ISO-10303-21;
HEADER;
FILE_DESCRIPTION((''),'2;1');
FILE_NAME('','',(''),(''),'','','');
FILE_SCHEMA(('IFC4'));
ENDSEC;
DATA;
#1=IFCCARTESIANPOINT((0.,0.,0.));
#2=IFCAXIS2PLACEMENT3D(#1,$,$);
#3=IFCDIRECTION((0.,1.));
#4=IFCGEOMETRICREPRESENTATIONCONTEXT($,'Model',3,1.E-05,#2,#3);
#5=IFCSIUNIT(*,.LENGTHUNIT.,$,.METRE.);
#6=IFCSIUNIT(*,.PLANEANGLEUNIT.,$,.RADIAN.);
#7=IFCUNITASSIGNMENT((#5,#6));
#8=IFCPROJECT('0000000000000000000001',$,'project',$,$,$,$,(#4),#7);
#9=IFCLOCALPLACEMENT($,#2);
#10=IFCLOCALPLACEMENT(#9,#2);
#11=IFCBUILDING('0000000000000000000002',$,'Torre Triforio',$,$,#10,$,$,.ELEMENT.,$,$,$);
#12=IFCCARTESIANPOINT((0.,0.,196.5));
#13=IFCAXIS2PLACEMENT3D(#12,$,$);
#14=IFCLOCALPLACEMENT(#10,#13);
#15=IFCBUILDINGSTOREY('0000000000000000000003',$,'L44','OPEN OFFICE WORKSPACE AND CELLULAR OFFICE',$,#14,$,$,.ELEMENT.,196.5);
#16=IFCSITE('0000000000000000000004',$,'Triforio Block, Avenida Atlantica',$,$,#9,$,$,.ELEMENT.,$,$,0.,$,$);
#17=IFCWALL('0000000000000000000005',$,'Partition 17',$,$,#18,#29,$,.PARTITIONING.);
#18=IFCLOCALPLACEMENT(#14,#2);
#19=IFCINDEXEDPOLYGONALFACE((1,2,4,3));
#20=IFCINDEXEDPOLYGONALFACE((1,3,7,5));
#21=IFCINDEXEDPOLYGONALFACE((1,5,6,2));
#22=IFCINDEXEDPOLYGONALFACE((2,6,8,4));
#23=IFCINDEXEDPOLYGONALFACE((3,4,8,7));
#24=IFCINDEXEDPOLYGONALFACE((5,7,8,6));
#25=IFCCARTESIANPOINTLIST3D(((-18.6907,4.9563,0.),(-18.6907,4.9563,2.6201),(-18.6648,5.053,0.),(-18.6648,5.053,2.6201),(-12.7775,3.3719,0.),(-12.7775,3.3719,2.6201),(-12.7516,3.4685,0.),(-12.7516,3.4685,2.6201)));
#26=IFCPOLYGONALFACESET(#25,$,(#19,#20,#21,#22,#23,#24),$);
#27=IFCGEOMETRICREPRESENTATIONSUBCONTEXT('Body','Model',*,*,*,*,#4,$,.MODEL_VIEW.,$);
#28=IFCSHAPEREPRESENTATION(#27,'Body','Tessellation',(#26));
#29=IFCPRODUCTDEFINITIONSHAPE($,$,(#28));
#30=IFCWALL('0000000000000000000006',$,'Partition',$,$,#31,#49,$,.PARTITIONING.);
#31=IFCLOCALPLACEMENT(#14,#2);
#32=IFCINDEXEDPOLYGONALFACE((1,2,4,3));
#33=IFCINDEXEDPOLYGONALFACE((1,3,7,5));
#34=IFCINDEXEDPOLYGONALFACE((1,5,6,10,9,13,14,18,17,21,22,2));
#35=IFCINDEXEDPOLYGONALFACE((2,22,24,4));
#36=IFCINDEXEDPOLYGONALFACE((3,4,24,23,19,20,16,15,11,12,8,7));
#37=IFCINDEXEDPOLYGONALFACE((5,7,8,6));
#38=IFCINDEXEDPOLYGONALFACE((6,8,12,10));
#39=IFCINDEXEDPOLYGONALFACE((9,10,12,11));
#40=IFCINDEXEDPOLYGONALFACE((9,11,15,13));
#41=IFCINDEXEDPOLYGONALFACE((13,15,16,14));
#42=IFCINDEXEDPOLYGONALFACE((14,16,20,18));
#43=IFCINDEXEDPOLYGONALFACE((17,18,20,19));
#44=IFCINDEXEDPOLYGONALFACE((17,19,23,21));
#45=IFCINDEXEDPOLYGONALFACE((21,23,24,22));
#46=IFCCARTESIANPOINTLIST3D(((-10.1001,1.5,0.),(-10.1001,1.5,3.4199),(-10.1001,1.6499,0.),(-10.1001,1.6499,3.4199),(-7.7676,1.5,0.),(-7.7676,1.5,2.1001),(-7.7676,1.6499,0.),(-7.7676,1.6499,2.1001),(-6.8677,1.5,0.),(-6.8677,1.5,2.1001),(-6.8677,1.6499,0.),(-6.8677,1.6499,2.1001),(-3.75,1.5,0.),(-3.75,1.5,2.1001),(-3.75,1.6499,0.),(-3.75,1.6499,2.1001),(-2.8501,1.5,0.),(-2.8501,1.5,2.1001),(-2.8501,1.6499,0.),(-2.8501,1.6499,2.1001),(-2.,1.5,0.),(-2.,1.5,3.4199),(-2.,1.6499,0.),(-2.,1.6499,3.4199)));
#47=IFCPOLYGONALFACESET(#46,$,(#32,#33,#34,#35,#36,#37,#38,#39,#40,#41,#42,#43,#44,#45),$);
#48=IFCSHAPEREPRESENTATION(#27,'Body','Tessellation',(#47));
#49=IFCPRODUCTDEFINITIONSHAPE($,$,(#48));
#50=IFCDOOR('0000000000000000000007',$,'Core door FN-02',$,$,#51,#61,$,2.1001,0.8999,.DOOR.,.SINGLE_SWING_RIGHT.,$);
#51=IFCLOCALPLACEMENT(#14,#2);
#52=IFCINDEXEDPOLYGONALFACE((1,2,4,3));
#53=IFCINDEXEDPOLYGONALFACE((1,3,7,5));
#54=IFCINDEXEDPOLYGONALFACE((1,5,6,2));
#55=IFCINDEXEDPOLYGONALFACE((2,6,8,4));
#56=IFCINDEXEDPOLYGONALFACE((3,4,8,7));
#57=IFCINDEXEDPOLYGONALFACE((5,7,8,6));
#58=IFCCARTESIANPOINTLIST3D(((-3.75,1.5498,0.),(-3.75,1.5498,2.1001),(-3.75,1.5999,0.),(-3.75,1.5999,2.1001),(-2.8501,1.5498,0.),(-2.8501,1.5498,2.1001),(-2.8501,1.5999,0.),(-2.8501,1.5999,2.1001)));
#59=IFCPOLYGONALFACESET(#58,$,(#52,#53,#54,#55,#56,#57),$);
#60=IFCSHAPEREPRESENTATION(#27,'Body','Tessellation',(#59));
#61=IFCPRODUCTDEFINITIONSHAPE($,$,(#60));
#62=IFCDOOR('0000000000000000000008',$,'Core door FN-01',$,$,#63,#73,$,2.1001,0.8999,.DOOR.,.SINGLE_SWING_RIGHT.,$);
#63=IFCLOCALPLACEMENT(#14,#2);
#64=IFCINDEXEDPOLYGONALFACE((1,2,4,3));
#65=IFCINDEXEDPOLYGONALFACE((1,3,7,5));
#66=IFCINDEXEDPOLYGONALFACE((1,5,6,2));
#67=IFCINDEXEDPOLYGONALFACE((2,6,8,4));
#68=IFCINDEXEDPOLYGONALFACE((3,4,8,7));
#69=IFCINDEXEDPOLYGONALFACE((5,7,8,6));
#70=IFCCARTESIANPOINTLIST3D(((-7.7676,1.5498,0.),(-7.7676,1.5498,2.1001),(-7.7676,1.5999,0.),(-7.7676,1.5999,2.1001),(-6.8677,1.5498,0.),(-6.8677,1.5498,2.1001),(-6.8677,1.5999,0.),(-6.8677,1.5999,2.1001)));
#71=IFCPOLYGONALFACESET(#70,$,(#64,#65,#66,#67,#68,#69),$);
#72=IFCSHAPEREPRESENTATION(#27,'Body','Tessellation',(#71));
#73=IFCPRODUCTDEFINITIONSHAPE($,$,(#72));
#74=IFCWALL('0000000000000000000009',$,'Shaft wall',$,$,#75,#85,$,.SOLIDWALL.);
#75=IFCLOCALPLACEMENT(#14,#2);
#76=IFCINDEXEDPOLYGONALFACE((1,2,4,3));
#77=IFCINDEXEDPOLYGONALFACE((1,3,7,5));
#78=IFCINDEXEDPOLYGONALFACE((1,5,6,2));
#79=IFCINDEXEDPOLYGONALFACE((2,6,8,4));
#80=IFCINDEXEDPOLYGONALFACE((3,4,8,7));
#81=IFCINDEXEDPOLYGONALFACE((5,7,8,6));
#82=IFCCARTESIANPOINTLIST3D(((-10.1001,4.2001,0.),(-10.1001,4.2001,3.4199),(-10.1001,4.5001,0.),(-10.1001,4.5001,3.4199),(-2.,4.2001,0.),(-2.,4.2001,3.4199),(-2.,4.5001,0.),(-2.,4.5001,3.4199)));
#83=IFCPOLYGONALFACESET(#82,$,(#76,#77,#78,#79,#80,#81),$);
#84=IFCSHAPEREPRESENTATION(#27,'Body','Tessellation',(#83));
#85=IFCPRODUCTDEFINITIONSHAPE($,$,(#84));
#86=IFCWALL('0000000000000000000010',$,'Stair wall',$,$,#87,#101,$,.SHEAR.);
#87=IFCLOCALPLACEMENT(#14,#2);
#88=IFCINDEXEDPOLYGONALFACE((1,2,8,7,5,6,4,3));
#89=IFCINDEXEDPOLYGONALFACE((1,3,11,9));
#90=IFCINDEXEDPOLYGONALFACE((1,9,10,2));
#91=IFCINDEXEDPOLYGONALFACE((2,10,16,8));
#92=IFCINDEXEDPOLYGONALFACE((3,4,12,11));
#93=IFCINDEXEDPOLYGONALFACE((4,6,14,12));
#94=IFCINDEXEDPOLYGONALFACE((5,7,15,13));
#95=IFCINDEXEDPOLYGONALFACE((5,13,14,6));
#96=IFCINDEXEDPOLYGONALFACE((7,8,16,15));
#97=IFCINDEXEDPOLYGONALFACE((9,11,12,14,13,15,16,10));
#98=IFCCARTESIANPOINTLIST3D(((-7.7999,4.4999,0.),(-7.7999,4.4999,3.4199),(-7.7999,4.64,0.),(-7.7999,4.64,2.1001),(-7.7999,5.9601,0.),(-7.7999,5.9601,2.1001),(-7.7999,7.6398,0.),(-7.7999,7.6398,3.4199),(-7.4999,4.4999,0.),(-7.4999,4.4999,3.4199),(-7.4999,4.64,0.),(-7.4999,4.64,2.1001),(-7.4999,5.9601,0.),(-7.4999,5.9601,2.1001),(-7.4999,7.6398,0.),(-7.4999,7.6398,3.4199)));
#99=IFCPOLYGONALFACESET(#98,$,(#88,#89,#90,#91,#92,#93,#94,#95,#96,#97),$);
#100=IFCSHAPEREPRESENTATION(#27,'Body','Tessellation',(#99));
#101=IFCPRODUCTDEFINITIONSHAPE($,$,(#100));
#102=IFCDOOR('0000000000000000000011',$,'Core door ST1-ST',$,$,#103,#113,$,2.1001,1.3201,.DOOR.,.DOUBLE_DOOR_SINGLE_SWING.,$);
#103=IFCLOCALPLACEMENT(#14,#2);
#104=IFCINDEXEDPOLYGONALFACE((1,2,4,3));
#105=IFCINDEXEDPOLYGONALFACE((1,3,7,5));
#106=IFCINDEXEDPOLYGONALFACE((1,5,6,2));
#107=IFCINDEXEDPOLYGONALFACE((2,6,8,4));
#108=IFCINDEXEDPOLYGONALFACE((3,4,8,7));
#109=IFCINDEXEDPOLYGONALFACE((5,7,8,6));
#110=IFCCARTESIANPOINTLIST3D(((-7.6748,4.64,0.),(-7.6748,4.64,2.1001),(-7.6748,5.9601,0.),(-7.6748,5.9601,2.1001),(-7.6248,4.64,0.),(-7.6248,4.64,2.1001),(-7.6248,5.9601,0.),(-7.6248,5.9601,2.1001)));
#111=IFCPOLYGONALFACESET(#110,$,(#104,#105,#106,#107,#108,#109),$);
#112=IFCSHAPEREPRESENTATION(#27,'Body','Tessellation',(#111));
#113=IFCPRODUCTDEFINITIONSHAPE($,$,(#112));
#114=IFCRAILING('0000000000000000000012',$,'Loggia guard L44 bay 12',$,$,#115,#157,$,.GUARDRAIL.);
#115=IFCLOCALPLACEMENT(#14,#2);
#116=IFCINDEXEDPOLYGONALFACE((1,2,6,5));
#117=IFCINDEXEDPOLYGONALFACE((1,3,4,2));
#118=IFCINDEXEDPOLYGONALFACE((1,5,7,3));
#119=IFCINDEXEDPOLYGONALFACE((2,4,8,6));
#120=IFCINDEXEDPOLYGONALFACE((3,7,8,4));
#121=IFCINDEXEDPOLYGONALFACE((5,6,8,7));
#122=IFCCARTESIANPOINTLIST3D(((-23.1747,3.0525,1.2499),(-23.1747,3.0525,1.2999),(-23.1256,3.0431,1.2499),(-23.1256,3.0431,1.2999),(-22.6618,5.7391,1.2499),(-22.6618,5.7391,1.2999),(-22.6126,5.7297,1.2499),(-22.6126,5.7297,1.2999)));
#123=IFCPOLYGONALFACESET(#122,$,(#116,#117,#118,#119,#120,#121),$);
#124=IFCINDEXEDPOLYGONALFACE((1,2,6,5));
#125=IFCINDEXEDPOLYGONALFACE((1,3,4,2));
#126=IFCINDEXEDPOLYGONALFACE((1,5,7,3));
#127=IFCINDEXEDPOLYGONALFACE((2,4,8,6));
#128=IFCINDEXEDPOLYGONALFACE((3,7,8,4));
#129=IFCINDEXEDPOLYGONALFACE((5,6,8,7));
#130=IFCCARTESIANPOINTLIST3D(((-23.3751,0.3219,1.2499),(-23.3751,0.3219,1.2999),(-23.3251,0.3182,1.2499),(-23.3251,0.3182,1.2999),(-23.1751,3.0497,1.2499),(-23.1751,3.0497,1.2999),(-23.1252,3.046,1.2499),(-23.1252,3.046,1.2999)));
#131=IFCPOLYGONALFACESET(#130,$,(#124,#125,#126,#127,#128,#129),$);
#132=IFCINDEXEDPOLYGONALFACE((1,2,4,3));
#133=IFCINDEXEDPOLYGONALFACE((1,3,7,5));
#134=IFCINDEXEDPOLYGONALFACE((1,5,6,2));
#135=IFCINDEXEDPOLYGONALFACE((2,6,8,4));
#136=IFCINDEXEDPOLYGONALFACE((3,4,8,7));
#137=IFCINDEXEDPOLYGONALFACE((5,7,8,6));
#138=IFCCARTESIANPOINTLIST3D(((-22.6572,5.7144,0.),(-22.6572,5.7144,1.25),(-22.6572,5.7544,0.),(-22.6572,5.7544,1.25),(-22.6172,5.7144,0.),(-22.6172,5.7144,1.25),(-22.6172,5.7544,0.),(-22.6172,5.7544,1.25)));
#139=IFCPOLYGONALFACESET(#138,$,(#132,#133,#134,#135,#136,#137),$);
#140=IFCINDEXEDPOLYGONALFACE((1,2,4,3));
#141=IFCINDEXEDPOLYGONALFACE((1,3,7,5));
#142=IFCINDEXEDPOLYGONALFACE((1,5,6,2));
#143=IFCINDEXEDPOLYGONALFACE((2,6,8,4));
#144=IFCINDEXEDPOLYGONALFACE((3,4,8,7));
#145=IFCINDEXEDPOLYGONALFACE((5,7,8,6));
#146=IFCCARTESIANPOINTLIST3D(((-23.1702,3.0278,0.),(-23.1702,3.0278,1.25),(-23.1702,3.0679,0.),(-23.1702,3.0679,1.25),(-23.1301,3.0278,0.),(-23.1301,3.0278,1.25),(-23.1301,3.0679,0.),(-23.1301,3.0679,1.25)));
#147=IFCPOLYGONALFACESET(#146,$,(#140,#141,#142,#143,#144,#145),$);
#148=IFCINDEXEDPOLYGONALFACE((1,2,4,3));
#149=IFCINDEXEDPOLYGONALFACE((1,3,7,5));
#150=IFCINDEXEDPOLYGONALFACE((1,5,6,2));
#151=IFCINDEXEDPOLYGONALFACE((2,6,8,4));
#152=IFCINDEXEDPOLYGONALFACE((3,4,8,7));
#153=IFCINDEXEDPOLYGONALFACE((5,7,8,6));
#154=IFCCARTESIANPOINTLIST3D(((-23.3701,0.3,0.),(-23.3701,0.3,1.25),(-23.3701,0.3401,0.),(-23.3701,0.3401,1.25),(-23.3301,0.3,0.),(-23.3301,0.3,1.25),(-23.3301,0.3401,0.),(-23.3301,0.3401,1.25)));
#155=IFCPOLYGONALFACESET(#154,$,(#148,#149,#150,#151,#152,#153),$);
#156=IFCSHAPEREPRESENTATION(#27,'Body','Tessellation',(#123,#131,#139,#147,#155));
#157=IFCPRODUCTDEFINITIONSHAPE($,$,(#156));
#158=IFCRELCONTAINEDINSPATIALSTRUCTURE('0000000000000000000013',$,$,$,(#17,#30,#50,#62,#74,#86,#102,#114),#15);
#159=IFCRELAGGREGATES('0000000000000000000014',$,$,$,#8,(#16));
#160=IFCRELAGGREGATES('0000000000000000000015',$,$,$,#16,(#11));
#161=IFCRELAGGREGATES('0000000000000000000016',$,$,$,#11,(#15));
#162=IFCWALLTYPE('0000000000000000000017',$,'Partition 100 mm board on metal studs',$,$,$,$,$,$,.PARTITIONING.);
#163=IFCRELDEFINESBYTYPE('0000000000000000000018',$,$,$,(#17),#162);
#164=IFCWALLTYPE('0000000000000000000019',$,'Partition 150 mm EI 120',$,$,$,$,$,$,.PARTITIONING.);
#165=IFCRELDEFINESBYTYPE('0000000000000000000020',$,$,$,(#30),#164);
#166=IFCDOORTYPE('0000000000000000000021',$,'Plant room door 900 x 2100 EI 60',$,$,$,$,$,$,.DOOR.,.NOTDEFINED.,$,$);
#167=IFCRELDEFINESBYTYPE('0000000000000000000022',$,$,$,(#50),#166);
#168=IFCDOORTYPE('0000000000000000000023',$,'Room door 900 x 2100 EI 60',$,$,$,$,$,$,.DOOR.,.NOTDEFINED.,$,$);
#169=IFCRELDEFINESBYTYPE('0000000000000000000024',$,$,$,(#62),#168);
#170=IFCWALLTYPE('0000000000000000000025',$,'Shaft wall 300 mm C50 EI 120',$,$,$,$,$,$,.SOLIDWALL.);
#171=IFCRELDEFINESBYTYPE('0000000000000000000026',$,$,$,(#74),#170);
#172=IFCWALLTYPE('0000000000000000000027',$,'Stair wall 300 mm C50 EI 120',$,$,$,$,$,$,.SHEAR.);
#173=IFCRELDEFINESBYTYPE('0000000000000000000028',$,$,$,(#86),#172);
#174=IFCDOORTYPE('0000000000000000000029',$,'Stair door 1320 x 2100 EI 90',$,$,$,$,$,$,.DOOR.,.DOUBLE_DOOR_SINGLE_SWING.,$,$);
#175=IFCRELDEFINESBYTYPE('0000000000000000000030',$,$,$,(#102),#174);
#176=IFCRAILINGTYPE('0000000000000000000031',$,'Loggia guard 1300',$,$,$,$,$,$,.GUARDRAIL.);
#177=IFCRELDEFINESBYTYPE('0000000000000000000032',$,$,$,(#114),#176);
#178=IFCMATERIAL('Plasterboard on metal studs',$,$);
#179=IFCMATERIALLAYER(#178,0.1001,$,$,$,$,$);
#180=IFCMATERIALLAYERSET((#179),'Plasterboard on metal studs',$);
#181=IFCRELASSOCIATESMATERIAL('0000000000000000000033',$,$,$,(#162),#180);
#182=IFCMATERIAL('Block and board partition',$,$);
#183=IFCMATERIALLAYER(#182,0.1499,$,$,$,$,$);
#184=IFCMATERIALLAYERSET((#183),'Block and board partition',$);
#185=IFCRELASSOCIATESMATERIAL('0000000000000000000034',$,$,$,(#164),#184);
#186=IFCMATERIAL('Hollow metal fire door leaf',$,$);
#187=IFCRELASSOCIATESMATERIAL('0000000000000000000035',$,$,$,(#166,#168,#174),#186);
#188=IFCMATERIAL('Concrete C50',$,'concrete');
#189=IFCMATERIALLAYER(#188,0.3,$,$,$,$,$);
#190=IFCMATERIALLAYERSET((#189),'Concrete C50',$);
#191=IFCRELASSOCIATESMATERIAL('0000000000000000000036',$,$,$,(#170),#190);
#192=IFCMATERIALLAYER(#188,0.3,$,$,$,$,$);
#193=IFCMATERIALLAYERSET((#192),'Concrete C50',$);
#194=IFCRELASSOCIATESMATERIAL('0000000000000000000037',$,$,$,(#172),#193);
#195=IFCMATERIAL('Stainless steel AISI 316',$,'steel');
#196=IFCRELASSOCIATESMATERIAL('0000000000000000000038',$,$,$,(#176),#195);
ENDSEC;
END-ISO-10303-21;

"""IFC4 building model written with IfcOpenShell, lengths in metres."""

from ifc_helpers import new_model, si_unit, direction, frame, frame_2d, origin, origin_2d, place, context, subcontext, project, spatial, rectangle, extrude, material, layer, layer_set, type_object, element, fill, save


model = new_model("IFC4")

# Units and contexts
model_context = context("Model", 3, precision=1e-05, world=origin(), true_north=direction((0.0, 1.0)))
body_context = subcontext(model_context, "Body", "Model", "MODEL_VIEW")
ifc_project = project(units=[si_unit("LENGTHUNIT", "METRE"), si_unit("PLANEANGLEUNIT", "RADIAN")], contexts=[model_context])

# Site, building, storey
site_placement = place(None, origin())
site = spatial("IfcSite", under=ifc_project, at=site_placement, Name="Triforio Block, Avenida Atlantica", CompositionType="ELEMENT", RefElevation=0.0)
building_placement = place(site_placement, origin())
building = spatial("IfcBuilding", under=site, at=building_placement, Name="Torre Triforio", CompositionType="ELEMENT")
storey_placement = place(building_placement, frame((0.0, 0.0, 196.5)))
storey = spatial("IfcBuildingStorey", under=building, at=storey_placement, Name="L44", Description="OPEN OFFICE WORKSPACE AND CELLULAR OFFICE", CompositionType="ELEMENT", Elevation=196.5)

# Shared definitions
ifc_material_1 = material(Name="Concrete C50", Category="concrete")

# Shared definitions
ifc_material_2 = material(Name="Hollow metal fire door leaf")

# Shared definitions
ifc_material_3 = material(Name="Plasterboard on metal studs")

# Wall
ifc_layer_1 = layer(ifc_material_3, 0.1001)
ifc_layer_set_1 = layer_set([ifc_layer_1], Name="Plasterboard on metal studs")
wall_type_1 = type_object("IfcWallType", Name="Partition 100 mm board on metal studs", PredefinedType="PARTITIONING", material=ifc_layer_set_1)
wall_1_placement = place(storey_placement, frame((-12.7644, 3.4202, 0.0), z_axis=(0.0, 0.0, 1.0), x_axis=(-0.965926, 0.258819, 0.0)))
element("IfcWall", 1, at=wall_1_placement, inside=storey, type_object=wall_type_1, Name="Partition 17", PredefinedType="PARTITIONING", context=body_context, shape_type="SweptSolid", body=[
    extrude(rectangle(XDim=6.1218, YDim=0.1001, at=frame_2d((3.061, 0.0))), origin(), (0.0, 0.0, 1.0), 2.6201),
])

# Wall, openings, doors
ifc_material_4 = material(Name="Block and board partition")
ifc_layer_2 = layer(ifc_material_4, 0.1499)
ifc_layer_set_2 = layer_set([ifc_layer_2], Name="Block and board partition")
wall_type_2 = type_object("IfcWallType", Name="Partition 150 mm EI 120", PredefinedType="PARTITIONING", material=ifc_layer_set_2)
wall_2_placement = place(storey_placement, frame((-10.1001, 1.575, 0.0), z_axis=(0.0, 0.0, 1.0), x_axis=(1.0, 0.0, 0.0)))
wall_2 = element("IfcWall", 2, at=wall_2_placement, inside=storey, type_object=wall_type_2, Name="Partition", PredefinedType="PARTITIONING", context=body_context, shape_type="SweptSolid", body=[
    extrude(rectangle(XDim=8.1001, YDim=0.1499, at=frame_2d((4.05, 0.0))), origin(), (0.0, 0.0, 1.0), 3.4199),
])
opening_1_placement = place(wall_2_placement, frame((2.3325, 0.0, 0.0)))
opening_1 = element("IfcOpeningElement", 3, at=opening_1_placement, cuts=wall_2, PredefinedType="OPENING", context=body_context, shape_type="SweptSolid", body=[
    extrude(rectangle(XDim=0.8999, YDim=2.1001, at=frame_2d((0.45, 1.05))), frame((0.0, 0.085, 0.0), z_axis=(0.0, -1.0, 0.0), x_axis=(1.0, 0.0, 0.0)), (0.0, 0.0, 1.0), 0.1699),
])
opening_2_placement = place(wall_2_placement, frame((6.3501, 0.0, 0.0)))
opening_2 = element("IfcOpeningElement", 4, at=opening_2_placement, cuts=wall_2, PredefinedType="OPENING", context=body_context, shape_type="SweptSolid", body=[
    extrude(rectangle(XDim=0.8999, YDim=2.1001, at=frame_2d((0.45, 1.05))), frame((0.0, 0.085, 0.0), z_axis=(0.0, -1.0, 0.0), x_axis=(1.0, 0.0, 0.0)), (0.0, 0.0, 1.0), 0.1699),
])
door_type_1 = type_object("IfcDoorType", Name="Plant room door 900 x 2100 EI 60", OperationType="NOTDEFINED", PredefinedType="DOOR", material=ifc_material_2)
door_1_placement = place(opening_2_placement, origin())
door_1 = element("IfcDoor", 5, at=door_1_placement, inside=storey, type_object=door_type_1, Name="Core door FN-02", OperationType="SINGLE_SWING_RIGHT", OverallHeight=2.1001, OverallWidth=0.8999, PredefinedType="DOOR", context=body_context, shape_type="SweptSolid", body=[
    extrude(rectangle(XDim=0.8999, YDim=2.1001, at=frame_2d((0.45, 1.05))), frame((0.0, 0.0249, 0.0), z_axis=(0.0, -1.0, 0.0), x_axis=(1.0, 0.0, 0.0)), (0.0, 0.0, 1.0), 0.05),
])
fill(opening_2, door_1)
door_type_2 = type_object("IfcDoorType", Name="Room door 900 x 2100 EI 60", OperationType="NOTDEFINED", PredefinedType="DOOR", material=ifc_material_2)
door_2_placement = place(opening_1_placement, origin())
door_2 = element("IfcDoor", 6, at=door_2_placement, inside=storey, type_object=door_type_2, Name="Core door FN-01", OperationType="SINGLE_SWING_RIGHT", OverallHeight=2.1001, OverallWidth=0.8999, PredefinedType="DOOR", context=body_context, shape_type="SweptSolid", body=[
    extrude(rectangle(XDim=0.8999, YDim=2.1001, at=frame_2d((0.45, 1.05))), frame((0.0, 0.0249, 0.0), z_axis=(0.0, -1.0, 0.0), x_axis=(1.0, 0.0, 0.0)), (0.0, 0.0, 1.0), 0.05),
])
fill(opening_1, door_2)

# Wall
ifc_layer_3 = layer(ifc_material_1, 0.3)
ifc_layer_set_3 = layer_set([ifc_layer_3], Name="Concrete C50")
wall_type_3 = type_object("IfcWallType", Name="Shaft wall 300 mm C50 EI 120", PredefinedType="SOLIDWALL", material=ifc_layer_set_3)
wall_3_placement = place(storey_placement, frame((-10.1001, 4.3501, 0.0), z_axis=(0.0, 0.0, 1.0), x_axis=(1.0, 0.0, 0.0)))
element("IfcWall", 7, at=wall_3_placement, inside=storey, type_object=wall_type_3, Name="Shaft wall", PredefinedType="SOLIDWALL", context=body_context, shape_type="SweptSolid", body=[
    extrude(rectangle(XDim=8.1001, YDim=0.3, at=frame_2d((4.05, 0.0))), origin(), (0.0, 0.0, 1.0), 3.4199),
])

# Wall, opening, door
ifc_layer_4 = layer(ifc_material_1, 0.3)
ifc_layer_set_4 = layer_set([ifc_layer_4], Name="Concrete C50")
wall_type_4 = type_object("IfcWallType", Name="Stair wall 300 mm C50 EI 120", PredefinedType="SHEAR", material=ifc_layer_set_4)
wall_4_placement = place(storey_placement, frame((-7.6499, 4.5, 0.0), z_axis=(0.0, 0.0, 1.0), x_axis=(0.0, 1.0, 0.0)))
wall_4 = element("IfcWall", 8, at=wall_4_placement, inside=storey, type_object=wall_type_4, Name="Stair wall", PredefinedType="SHEAR", context=body_context, shape_type="SweptSolid", body=[
    extrude(rectangle(XDim=3.1399, YDim=0.3, at=frame_2d((1.5698, 0.0))), origin(), (0.0, 0.0, 1.0), 3.4199),
])
opening_3_placement = place(wall_4_placement, frame((0.1399, 0.0, 0.0)))
opening_3 = element("IfcOpeningElement", 9, at=opening_3_placement, cuts=wall_4, PredefinedType="OPENING", context=body_context, shape_type="SweptSolid", body=[
    extrude(rectangle(XDim=1.3201, YDim=2.1001, at=frame_2d((0.6602, 1.05))), frame((0.0, 0.1599, 0.0), z_axis=(0.0, -1.0, 0.0), x_axis=(1.0, 0.0, 0.0)), (0.0, 0.0, 1.0), 0.3201),
])
door_type_3 = type_object("IfcDoorType", Name="Stair door 1320 x 2100 EI 90", OperationType="DOUBLE_DOOR_SINGLE_SWING", PredefinedType="DOOR", material=ifc_material_2)
door_3_placement = place(opening_3_placement, origin())
door_3 = element("IfcDoor", 10, at=door_3_placement, inside=storey, type_object=door_type_3, Name="Core door ST1-ST", OperationType="DOUBLE_DOOR_SINGLE_SWING", OverallHeight=2.1001, OverallWidth=1.3201, PredefinedType="DOOR", context=body_context, shape_type="SweptSolid", body=[
    extrude(rectangle(XDim=1.3201, YDim=2.1001, at=frame_2d((0.6602, 1.05))), frame((0.0, 0.0249, 0.0), z_axis=(0.0, -1.0, 0.0), x_axis=(1.0, 0.0, 0.0)), (0.0, 0.0, 1.0), 0.05),
])
fill(opening_3, door_3)

# Railing
ifc_material_5 = material(Name="Stainless steel AISI 316", Category="steel")
railing_type = type_object("IfcRailingType", Name="Loggia guard 1300", PredefinedType="GUARDRAIL", material=ifc_material_5)
railing_placement = place(storey_placement, frame((-22.6372, 5.7344, 0.0)))
element("IfcRailing", 11, at=railing_placement, inside=storey, type_object=railing_type, Name="Loggia guard L44 bay 12", PredefinedType="GUARDRAIL", context=body_context, shape_type="SweptSolid", body=[
    extrude(rectangle(XDim=0.05, YDim=0.05, at=origin_2d()), frame((0.0, 0.0, 1.2749), z_axis=(-0.187543, -0.982256, 0.0), x_axis=(0.982256, -0.187543, 0.0)), (0.0, 0.0, 1.0), 2.7351),
    extrude(rectangle(XDim=0.05, YDim=0.05, at=origin_2d()), frame((-0.5129, -2.6865, 1.2749), z_axis=(-0.073106, -0.997324, 0.0), x_axis=(0.997324, -0.073106, 0.0)), (0.0, 0.0, 1.0), 2.7351),
    extrude(rectangle(XDim=0.04, YDim=0.04, at=origin_2d()), origin(), (0.0, 0.0, 1.0), 1.25),
    extrude(rectangle(XDim=0.04, YDim=0.04, at=origin_2d()), frame((-0.5129, -2.6865, 0.0)), (0.0, 0.0, 1.0), 1.25),
    extrude(rectangle(XDim=0.04, YDim=0.04, at=origin_2d()), frame((-0.7129, -5.4143, 0.0)), (0.0, 0.0, 1.0), 1.25),
])

save(model, "model.ifc")
